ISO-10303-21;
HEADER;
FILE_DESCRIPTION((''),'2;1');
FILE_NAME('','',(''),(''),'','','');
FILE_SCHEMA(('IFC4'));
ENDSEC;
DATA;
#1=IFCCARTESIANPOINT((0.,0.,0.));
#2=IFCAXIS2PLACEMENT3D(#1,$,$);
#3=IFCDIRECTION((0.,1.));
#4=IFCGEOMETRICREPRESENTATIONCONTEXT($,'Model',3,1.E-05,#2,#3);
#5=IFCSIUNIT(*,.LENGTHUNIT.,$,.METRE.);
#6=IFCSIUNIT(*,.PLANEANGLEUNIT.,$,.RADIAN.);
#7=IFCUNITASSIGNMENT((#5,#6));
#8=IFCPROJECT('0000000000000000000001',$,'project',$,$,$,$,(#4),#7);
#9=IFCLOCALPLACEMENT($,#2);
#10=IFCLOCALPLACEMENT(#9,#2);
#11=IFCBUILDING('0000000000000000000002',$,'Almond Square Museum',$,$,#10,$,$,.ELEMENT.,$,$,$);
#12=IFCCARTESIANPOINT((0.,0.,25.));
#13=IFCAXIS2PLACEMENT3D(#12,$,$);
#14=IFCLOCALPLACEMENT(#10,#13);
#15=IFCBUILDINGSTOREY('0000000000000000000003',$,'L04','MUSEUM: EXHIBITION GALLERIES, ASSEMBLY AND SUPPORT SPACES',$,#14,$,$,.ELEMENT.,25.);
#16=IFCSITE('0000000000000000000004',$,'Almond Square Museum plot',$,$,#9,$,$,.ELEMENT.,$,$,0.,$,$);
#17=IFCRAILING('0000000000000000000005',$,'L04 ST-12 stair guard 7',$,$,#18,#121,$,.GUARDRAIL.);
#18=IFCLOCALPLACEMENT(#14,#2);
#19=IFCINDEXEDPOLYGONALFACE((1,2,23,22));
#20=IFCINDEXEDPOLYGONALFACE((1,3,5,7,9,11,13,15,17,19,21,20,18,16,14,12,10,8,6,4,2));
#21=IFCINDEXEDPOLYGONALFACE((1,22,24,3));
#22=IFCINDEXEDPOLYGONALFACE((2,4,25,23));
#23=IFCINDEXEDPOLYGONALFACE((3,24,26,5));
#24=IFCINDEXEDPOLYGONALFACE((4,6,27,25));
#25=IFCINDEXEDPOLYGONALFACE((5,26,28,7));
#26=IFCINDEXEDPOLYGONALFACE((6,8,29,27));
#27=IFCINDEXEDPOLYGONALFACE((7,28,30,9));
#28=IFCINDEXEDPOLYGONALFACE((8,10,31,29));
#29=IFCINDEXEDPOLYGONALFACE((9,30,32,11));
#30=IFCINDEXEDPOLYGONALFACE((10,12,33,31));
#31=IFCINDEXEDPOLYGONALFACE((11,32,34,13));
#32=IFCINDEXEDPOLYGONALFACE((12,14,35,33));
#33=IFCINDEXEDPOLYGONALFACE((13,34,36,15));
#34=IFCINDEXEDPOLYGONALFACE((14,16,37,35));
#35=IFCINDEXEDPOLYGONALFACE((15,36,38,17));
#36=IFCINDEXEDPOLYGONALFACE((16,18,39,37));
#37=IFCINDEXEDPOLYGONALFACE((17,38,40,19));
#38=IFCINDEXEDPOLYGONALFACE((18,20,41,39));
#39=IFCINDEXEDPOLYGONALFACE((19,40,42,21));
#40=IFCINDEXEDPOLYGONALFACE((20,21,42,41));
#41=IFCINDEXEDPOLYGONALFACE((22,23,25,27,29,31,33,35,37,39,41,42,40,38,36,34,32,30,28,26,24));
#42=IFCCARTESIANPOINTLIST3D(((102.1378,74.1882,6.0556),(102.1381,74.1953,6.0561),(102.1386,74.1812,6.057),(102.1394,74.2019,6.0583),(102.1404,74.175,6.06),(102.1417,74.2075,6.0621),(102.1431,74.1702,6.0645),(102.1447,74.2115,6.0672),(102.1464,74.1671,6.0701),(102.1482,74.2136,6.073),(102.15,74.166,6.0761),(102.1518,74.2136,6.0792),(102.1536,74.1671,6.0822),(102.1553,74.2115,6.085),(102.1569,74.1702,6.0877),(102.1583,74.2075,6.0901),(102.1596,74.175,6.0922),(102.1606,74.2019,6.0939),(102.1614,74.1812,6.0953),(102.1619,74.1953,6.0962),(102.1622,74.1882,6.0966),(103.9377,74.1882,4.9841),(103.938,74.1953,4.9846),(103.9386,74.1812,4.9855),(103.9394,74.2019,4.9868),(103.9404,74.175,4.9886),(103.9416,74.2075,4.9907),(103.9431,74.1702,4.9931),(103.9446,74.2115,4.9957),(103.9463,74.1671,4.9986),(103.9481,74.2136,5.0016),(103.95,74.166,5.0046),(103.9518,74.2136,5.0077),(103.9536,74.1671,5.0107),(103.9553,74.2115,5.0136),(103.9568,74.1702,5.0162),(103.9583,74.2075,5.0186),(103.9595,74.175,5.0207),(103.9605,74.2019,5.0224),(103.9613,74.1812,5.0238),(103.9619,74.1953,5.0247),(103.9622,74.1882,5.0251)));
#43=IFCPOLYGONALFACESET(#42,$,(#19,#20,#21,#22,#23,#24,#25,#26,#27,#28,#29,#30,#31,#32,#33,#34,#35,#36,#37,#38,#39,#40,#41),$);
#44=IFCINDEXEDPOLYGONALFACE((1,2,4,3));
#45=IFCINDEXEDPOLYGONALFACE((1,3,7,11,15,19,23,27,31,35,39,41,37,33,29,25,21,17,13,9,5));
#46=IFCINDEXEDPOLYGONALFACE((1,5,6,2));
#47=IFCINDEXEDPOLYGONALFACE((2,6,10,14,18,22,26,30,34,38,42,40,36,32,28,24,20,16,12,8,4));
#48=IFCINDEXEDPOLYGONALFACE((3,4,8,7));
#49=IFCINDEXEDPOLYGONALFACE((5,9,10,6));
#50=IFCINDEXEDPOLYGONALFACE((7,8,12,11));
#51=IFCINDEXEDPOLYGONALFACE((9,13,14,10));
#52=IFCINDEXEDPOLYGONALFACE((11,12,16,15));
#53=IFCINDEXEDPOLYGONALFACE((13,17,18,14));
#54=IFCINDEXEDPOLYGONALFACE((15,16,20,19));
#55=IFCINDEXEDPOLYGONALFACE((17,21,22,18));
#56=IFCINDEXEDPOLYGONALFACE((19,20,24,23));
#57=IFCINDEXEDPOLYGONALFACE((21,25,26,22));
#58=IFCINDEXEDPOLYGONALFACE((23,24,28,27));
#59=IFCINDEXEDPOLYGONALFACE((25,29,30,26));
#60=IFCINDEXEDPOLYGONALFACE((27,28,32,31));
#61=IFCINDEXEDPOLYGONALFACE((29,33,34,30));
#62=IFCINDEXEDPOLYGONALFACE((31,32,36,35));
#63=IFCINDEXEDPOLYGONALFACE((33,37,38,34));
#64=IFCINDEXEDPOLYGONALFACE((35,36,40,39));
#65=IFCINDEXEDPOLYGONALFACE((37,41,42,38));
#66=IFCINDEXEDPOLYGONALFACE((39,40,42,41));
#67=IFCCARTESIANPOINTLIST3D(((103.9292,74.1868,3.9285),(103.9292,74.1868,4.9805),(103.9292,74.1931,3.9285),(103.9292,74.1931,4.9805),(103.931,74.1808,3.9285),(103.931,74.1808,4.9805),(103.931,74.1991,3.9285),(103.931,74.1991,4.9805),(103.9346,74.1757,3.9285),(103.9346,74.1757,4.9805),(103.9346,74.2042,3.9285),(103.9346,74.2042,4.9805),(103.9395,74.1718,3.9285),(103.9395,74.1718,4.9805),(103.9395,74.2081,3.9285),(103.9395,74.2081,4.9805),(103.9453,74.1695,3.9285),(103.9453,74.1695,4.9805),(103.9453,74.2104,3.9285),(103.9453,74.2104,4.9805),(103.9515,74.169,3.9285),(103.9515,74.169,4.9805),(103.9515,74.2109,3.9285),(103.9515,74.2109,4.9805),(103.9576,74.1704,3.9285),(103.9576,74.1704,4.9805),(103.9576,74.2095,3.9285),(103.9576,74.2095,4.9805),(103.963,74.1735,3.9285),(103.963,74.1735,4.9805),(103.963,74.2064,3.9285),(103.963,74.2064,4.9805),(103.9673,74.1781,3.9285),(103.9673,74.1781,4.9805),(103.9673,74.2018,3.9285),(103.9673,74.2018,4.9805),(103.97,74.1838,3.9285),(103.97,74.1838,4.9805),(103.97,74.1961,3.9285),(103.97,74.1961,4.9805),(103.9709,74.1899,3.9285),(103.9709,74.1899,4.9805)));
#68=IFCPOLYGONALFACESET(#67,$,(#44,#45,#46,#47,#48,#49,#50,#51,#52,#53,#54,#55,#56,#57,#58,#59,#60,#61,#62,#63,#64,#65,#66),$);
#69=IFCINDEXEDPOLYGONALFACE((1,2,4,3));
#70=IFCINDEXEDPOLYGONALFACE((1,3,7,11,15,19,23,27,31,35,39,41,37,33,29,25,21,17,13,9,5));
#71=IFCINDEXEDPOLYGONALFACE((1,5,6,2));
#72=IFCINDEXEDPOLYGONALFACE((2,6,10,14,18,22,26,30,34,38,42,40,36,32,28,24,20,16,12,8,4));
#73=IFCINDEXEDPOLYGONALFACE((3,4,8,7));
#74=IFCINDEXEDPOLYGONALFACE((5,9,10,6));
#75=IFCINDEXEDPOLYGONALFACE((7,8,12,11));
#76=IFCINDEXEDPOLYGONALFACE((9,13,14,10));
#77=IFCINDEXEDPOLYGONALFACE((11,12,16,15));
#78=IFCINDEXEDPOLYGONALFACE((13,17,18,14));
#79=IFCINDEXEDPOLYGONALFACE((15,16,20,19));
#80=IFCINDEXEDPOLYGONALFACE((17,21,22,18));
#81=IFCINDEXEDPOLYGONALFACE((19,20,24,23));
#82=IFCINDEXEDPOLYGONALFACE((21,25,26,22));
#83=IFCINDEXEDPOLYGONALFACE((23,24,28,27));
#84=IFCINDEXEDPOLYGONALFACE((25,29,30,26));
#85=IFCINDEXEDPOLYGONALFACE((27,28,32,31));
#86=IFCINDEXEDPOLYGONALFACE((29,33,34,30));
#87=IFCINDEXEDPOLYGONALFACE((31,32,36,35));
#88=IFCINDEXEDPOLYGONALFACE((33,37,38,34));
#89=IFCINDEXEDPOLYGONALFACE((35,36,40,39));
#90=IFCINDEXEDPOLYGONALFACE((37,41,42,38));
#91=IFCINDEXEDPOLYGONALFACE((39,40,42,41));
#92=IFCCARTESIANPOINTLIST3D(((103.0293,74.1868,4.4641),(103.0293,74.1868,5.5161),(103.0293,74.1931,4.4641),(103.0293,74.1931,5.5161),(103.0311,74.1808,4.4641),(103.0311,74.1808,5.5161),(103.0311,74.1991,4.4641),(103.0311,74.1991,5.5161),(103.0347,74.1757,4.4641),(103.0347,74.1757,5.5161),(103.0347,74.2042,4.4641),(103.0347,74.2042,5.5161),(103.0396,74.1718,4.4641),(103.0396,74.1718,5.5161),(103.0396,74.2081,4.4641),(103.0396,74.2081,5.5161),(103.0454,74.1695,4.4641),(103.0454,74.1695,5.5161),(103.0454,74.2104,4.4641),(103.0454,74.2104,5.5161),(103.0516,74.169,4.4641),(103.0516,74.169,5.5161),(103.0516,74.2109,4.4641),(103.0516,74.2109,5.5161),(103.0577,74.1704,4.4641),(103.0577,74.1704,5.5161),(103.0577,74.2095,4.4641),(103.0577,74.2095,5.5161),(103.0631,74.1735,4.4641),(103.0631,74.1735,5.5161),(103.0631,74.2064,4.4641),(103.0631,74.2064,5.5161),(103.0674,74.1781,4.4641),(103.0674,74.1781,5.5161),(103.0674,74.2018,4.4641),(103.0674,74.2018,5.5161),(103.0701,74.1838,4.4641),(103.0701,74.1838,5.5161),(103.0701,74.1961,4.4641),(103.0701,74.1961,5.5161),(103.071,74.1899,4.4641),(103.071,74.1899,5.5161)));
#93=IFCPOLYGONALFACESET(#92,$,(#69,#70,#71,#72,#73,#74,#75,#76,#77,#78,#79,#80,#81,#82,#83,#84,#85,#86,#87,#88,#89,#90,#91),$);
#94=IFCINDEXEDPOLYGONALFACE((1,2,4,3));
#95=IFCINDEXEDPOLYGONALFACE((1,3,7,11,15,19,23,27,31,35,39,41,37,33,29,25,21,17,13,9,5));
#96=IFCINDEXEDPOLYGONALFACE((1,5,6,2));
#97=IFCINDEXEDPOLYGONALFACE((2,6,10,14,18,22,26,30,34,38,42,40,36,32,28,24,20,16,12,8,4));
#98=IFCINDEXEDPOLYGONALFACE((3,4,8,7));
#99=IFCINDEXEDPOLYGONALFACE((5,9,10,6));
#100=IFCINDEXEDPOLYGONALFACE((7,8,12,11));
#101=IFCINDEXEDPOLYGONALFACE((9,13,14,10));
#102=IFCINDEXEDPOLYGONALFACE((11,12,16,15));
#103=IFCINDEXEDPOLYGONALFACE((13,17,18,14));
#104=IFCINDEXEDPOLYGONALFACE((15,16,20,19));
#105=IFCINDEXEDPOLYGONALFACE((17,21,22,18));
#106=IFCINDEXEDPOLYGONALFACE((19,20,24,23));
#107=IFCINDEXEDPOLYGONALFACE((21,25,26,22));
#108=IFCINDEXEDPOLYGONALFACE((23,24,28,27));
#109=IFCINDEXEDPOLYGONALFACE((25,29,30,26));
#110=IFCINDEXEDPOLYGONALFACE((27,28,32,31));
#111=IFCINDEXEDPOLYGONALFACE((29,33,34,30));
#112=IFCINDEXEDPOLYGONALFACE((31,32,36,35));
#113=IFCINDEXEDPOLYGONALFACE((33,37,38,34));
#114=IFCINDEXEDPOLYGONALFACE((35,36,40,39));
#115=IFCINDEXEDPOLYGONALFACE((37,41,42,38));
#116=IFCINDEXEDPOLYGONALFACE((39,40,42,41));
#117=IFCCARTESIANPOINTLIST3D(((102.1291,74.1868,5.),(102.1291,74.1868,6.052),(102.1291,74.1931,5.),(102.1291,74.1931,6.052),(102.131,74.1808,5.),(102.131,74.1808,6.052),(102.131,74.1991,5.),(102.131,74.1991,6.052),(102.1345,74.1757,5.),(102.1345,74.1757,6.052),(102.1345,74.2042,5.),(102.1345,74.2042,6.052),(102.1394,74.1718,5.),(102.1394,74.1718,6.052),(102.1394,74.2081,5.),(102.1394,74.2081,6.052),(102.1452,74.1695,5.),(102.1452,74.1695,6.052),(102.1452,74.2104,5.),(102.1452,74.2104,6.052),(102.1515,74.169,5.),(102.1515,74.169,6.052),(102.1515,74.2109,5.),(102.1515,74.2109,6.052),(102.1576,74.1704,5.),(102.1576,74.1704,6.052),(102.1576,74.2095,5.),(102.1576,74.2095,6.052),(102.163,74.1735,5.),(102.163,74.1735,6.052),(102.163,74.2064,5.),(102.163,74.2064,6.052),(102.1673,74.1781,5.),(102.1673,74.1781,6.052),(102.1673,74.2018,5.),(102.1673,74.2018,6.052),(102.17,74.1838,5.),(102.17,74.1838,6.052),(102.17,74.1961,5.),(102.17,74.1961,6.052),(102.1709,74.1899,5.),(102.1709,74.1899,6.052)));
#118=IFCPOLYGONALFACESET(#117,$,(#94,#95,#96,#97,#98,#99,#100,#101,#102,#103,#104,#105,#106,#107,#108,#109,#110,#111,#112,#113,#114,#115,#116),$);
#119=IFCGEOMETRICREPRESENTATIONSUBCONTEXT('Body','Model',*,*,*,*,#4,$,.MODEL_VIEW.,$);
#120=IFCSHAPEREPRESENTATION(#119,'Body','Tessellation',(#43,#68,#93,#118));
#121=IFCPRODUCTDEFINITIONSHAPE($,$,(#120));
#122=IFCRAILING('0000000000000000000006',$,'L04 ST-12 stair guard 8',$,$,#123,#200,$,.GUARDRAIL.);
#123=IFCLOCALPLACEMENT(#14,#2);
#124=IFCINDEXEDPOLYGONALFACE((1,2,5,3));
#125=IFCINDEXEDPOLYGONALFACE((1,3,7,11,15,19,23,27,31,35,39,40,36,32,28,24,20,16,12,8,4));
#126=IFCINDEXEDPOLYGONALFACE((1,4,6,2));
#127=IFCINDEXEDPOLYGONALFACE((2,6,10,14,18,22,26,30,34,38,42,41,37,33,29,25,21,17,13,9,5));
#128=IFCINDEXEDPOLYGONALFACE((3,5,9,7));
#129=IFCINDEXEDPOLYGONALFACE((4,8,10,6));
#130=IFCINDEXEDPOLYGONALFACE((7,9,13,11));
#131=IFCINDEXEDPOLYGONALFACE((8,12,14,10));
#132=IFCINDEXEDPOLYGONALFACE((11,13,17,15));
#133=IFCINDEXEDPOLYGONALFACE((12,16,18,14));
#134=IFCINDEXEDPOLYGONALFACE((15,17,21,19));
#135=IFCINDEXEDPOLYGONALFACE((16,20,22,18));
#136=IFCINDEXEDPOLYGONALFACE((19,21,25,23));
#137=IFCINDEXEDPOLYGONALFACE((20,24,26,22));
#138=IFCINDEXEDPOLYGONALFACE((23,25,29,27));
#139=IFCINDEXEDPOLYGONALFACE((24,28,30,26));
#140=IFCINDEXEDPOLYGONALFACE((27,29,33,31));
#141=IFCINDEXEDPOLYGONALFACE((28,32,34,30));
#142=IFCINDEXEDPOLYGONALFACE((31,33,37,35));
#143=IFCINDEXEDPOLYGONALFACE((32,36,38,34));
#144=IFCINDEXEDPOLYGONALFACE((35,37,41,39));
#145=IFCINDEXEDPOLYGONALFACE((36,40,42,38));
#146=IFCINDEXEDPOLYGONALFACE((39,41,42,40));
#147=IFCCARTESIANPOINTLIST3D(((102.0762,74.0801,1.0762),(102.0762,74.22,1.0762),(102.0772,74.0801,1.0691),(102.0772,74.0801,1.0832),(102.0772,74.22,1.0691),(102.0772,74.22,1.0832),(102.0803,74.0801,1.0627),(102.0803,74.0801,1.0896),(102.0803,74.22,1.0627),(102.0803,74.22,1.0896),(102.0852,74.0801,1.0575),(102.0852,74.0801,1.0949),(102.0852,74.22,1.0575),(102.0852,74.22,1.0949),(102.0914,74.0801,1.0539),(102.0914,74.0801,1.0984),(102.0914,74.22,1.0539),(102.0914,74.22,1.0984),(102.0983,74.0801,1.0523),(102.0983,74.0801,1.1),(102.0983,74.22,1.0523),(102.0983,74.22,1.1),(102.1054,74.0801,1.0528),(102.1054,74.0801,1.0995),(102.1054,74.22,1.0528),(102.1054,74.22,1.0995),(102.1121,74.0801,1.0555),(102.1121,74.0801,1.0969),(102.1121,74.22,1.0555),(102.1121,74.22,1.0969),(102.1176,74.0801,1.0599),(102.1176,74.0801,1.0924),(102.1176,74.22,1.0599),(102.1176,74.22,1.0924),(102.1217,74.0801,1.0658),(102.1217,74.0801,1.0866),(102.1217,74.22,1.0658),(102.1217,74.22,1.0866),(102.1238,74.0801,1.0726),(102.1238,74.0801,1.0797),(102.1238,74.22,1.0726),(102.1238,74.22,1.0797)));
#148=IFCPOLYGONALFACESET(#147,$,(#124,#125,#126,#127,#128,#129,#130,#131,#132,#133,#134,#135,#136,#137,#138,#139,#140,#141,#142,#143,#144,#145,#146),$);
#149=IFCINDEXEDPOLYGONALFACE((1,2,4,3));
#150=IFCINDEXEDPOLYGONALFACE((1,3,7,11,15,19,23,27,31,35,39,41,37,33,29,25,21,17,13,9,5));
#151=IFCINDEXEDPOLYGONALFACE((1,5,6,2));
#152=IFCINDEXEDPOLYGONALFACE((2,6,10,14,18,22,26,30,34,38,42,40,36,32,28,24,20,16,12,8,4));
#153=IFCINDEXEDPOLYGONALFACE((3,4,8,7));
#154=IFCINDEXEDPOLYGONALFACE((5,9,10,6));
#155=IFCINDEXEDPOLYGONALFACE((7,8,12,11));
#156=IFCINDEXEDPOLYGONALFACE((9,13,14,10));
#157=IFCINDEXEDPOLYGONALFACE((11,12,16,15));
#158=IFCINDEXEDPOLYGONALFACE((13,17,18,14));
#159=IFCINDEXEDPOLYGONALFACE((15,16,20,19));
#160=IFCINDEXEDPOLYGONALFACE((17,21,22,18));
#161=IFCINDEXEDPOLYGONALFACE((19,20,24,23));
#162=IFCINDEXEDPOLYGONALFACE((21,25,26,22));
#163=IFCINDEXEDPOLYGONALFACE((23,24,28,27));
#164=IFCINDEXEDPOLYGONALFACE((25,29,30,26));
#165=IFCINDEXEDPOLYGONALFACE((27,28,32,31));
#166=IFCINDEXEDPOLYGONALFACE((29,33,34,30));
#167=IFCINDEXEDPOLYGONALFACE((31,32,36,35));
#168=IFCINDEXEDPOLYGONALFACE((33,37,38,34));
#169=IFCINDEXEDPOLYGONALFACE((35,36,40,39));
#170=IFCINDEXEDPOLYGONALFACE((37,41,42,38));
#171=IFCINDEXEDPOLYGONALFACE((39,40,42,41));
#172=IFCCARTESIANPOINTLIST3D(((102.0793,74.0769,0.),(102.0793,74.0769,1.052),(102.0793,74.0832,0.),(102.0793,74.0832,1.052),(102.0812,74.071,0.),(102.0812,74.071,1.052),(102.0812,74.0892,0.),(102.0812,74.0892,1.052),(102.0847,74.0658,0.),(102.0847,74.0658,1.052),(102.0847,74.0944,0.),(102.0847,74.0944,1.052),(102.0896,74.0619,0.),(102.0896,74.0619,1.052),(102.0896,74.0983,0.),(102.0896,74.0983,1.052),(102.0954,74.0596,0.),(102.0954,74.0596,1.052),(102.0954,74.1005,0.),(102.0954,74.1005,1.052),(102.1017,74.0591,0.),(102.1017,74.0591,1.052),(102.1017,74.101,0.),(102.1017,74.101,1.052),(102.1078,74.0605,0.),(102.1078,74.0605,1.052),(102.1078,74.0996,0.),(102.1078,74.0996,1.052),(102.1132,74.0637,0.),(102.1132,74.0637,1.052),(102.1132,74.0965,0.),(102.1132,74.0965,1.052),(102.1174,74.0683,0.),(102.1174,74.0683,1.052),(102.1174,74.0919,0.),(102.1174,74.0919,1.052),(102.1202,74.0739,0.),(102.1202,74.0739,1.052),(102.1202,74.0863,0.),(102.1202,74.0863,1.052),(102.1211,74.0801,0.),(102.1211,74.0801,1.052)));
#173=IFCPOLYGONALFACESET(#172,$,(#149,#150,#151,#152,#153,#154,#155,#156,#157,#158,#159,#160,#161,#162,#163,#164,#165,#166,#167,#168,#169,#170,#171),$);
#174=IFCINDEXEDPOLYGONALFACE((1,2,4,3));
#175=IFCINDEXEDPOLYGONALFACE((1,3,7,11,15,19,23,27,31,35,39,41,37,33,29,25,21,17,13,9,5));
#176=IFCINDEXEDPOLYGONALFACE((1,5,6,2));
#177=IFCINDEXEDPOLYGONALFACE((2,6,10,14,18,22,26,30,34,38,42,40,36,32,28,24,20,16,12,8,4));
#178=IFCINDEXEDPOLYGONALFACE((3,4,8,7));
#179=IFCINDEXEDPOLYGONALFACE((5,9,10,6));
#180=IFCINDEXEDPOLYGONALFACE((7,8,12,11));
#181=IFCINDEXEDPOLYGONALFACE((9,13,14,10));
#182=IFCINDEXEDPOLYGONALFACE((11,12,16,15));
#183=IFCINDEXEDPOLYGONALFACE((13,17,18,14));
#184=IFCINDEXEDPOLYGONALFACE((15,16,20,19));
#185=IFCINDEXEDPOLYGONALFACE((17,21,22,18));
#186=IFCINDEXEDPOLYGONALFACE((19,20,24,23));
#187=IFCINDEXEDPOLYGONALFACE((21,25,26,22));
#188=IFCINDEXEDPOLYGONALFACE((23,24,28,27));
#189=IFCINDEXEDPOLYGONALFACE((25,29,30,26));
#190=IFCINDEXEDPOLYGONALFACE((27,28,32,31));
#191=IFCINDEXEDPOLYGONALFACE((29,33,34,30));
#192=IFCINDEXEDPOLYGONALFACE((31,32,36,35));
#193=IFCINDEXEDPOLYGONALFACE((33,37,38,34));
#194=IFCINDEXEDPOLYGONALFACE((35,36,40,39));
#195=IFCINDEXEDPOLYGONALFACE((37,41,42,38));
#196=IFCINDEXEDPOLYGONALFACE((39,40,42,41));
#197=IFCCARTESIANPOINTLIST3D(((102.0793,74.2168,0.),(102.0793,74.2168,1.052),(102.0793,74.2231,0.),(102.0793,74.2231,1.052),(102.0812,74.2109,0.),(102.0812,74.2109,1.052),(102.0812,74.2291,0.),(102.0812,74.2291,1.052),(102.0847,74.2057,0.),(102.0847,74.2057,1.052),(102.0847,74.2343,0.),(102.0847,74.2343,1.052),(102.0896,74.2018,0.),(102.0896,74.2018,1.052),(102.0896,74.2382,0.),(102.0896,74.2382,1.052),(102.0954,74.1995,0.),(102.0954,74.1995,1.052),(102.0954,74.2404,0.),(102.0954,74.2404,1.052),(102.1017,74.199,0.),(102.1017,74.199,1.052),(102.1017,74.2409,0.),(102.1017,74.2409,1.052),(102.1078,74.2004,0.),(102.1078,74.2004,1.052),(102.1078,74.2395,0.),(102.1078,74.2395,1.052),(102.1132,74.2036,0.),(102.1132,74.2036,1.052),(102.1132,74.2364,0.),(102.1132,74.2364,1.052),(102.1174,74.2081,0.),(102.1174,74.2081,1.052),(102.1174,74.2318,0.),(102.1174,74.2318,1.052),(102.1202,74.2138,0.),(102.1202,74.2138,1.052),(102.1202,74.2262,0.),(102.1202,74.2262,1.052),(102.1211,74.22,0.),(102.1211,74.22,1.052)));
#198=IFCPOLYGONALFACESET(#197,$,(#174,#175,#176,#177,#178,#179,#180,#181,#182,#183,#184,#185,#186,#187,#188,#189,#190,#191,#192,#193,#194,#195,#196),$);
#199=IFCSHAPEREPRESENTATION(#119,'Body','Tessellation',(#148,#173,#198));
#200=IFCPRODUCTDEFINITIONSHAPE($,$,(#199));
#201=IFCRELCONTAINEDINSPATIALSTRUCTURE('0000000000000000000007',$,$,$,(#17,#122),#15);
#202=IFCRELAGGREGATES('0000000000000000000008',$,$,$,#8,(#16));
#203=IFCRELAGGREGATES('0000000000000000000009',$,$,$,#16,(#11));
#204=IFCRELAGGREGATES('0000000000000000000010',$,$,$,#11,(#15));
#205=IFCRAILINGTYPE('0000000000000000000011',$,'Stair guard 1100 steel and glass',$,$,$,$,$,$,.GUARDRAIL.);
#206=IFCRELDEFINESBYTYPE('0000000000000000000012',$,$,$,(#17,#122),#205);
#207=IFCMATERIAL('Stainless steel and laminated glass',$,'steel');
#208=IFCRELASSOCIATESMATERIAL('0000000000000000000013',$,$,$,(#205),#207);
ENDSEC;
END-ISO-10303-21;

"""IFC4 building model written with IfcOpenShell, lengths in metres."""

from ifc_helpers import new_model, si_unit, direction, frame, origin, origin_2d, place, context, subcontext, project, spatial, circle, extrude, material, type_object, element, save


model = new_model("IFC4")

# Units and contexts
model_context = context("Model", 3, precision=1e-05, world=origin(), true_north=direction((0.0, 1.0)))
body_context = subcontext(model_context, "Body", "Model", "MODEL_VIEW")
ifc_project = project(units=[si_unit("LENGTHUNIT", "METRE"), si_unit("PLANEANGLEUNIT", "RADIAN")], contexts=[model_context])

# Site, building, storey
site_placement = place(None, origin())
site = spatial("IfcSite", under=ifc_project, at=site_placement, Name="Almond Square Museum plot", CompositionType="ELEMENT", RefElevation=0.0)
building_placement = place(site_placement, origin())
building = spatial("IfcBuilding", under=site, at=building_placement, Name="Almond Square Museum", CompositionType="ELEMENT")
storey_placement = place(building_placement, frame((0.0, 0.0, 25.0)))
storey = spatial("IfcBuildingStorey", under=building, at=storey_placement, Name="L04", Description="MUSEUM: EXHIBITION GALLERIES, ASSEMBLY AND SUPPORT SPACES", CompositionType="ELEMENT", Elevation=25.0)

# Railings
ifc_material_1 = material(Name="Stainless steel and laminated glass", Category="steel")
railing_type_1 = type_object("IfcRailingType", Name="Stair guard 1100 steel and glass", PredefinedType="GUARDRAIL", material=ifc_material_1)
railing_1_placement = place(storey_placement, frame((103.95, 74.1899, 3.9285)))
element("IfcRailing", 1, at=railing_1_placement, inside=storey, type_object=railing_type_1, Name="L04 ST-12 stair guard 7", PredefinedType="GUARDRAIL", context=body_context, shape_type="SweptSolid", body=[
    extrude(circle(Radius=0.0239, at=origin_2d()), frame((0.0, 0.0, 1.0762), z_axis=(-0.859277, 0.0, 0.51151), x_axis=(0.0, -1.0, 0.0)), (0.0, 0.0, 1.0), 2.0947),
    extrude(circle(Radius=0.021, at=origin_2d()), origin(), (0.0, 0.0, 1.0), 1.052),
    extrude(circle(Radius=0.021, at=origin_2d()), frame((-0.8999, 0.0, 0.5356)), (0.0, 0.0, 1.0), 1.052),
    extrude(circle(Radius=0.021, at=origin_2d()), frame((-1.8, 0.0, 1.0715)), (0.0, 0.0, 1.0), 1.052),
])
railing_2_placement = place(storey_placement, frame((102.1001, 74.0801, 0.0)))
element("IfcRailing", 2, at=railing_2_placement, inside=storey, type_object=railing_type_1, Name="L04 ST-12 stair guard 8", PredefinedType="GUARDRAIL", context=body_context, shape_type="SweptSolid", body=[
    extrude(circle(Radius=0.0239, at=origin_2d()), frame((0.0, 0.0, 1.0762), z_axis=(0.0, 1.0, 0.0), x_axis=(-1.0, 0.0, 0.0)), (0.0, 0.0, 1.0), 0.1399),
    extrude(circle(Radius=0.021, at=origin_2d()), origin(), (0.0, 0.0, 1.0), 1.052),
    extrude(circle(Radius=0.021, at=origin_2d()), frame((0.0, 0.1399, 0.0)), (0.0, 0.0, 1.0), 1.052),
])

save(model, "model.ifc")
